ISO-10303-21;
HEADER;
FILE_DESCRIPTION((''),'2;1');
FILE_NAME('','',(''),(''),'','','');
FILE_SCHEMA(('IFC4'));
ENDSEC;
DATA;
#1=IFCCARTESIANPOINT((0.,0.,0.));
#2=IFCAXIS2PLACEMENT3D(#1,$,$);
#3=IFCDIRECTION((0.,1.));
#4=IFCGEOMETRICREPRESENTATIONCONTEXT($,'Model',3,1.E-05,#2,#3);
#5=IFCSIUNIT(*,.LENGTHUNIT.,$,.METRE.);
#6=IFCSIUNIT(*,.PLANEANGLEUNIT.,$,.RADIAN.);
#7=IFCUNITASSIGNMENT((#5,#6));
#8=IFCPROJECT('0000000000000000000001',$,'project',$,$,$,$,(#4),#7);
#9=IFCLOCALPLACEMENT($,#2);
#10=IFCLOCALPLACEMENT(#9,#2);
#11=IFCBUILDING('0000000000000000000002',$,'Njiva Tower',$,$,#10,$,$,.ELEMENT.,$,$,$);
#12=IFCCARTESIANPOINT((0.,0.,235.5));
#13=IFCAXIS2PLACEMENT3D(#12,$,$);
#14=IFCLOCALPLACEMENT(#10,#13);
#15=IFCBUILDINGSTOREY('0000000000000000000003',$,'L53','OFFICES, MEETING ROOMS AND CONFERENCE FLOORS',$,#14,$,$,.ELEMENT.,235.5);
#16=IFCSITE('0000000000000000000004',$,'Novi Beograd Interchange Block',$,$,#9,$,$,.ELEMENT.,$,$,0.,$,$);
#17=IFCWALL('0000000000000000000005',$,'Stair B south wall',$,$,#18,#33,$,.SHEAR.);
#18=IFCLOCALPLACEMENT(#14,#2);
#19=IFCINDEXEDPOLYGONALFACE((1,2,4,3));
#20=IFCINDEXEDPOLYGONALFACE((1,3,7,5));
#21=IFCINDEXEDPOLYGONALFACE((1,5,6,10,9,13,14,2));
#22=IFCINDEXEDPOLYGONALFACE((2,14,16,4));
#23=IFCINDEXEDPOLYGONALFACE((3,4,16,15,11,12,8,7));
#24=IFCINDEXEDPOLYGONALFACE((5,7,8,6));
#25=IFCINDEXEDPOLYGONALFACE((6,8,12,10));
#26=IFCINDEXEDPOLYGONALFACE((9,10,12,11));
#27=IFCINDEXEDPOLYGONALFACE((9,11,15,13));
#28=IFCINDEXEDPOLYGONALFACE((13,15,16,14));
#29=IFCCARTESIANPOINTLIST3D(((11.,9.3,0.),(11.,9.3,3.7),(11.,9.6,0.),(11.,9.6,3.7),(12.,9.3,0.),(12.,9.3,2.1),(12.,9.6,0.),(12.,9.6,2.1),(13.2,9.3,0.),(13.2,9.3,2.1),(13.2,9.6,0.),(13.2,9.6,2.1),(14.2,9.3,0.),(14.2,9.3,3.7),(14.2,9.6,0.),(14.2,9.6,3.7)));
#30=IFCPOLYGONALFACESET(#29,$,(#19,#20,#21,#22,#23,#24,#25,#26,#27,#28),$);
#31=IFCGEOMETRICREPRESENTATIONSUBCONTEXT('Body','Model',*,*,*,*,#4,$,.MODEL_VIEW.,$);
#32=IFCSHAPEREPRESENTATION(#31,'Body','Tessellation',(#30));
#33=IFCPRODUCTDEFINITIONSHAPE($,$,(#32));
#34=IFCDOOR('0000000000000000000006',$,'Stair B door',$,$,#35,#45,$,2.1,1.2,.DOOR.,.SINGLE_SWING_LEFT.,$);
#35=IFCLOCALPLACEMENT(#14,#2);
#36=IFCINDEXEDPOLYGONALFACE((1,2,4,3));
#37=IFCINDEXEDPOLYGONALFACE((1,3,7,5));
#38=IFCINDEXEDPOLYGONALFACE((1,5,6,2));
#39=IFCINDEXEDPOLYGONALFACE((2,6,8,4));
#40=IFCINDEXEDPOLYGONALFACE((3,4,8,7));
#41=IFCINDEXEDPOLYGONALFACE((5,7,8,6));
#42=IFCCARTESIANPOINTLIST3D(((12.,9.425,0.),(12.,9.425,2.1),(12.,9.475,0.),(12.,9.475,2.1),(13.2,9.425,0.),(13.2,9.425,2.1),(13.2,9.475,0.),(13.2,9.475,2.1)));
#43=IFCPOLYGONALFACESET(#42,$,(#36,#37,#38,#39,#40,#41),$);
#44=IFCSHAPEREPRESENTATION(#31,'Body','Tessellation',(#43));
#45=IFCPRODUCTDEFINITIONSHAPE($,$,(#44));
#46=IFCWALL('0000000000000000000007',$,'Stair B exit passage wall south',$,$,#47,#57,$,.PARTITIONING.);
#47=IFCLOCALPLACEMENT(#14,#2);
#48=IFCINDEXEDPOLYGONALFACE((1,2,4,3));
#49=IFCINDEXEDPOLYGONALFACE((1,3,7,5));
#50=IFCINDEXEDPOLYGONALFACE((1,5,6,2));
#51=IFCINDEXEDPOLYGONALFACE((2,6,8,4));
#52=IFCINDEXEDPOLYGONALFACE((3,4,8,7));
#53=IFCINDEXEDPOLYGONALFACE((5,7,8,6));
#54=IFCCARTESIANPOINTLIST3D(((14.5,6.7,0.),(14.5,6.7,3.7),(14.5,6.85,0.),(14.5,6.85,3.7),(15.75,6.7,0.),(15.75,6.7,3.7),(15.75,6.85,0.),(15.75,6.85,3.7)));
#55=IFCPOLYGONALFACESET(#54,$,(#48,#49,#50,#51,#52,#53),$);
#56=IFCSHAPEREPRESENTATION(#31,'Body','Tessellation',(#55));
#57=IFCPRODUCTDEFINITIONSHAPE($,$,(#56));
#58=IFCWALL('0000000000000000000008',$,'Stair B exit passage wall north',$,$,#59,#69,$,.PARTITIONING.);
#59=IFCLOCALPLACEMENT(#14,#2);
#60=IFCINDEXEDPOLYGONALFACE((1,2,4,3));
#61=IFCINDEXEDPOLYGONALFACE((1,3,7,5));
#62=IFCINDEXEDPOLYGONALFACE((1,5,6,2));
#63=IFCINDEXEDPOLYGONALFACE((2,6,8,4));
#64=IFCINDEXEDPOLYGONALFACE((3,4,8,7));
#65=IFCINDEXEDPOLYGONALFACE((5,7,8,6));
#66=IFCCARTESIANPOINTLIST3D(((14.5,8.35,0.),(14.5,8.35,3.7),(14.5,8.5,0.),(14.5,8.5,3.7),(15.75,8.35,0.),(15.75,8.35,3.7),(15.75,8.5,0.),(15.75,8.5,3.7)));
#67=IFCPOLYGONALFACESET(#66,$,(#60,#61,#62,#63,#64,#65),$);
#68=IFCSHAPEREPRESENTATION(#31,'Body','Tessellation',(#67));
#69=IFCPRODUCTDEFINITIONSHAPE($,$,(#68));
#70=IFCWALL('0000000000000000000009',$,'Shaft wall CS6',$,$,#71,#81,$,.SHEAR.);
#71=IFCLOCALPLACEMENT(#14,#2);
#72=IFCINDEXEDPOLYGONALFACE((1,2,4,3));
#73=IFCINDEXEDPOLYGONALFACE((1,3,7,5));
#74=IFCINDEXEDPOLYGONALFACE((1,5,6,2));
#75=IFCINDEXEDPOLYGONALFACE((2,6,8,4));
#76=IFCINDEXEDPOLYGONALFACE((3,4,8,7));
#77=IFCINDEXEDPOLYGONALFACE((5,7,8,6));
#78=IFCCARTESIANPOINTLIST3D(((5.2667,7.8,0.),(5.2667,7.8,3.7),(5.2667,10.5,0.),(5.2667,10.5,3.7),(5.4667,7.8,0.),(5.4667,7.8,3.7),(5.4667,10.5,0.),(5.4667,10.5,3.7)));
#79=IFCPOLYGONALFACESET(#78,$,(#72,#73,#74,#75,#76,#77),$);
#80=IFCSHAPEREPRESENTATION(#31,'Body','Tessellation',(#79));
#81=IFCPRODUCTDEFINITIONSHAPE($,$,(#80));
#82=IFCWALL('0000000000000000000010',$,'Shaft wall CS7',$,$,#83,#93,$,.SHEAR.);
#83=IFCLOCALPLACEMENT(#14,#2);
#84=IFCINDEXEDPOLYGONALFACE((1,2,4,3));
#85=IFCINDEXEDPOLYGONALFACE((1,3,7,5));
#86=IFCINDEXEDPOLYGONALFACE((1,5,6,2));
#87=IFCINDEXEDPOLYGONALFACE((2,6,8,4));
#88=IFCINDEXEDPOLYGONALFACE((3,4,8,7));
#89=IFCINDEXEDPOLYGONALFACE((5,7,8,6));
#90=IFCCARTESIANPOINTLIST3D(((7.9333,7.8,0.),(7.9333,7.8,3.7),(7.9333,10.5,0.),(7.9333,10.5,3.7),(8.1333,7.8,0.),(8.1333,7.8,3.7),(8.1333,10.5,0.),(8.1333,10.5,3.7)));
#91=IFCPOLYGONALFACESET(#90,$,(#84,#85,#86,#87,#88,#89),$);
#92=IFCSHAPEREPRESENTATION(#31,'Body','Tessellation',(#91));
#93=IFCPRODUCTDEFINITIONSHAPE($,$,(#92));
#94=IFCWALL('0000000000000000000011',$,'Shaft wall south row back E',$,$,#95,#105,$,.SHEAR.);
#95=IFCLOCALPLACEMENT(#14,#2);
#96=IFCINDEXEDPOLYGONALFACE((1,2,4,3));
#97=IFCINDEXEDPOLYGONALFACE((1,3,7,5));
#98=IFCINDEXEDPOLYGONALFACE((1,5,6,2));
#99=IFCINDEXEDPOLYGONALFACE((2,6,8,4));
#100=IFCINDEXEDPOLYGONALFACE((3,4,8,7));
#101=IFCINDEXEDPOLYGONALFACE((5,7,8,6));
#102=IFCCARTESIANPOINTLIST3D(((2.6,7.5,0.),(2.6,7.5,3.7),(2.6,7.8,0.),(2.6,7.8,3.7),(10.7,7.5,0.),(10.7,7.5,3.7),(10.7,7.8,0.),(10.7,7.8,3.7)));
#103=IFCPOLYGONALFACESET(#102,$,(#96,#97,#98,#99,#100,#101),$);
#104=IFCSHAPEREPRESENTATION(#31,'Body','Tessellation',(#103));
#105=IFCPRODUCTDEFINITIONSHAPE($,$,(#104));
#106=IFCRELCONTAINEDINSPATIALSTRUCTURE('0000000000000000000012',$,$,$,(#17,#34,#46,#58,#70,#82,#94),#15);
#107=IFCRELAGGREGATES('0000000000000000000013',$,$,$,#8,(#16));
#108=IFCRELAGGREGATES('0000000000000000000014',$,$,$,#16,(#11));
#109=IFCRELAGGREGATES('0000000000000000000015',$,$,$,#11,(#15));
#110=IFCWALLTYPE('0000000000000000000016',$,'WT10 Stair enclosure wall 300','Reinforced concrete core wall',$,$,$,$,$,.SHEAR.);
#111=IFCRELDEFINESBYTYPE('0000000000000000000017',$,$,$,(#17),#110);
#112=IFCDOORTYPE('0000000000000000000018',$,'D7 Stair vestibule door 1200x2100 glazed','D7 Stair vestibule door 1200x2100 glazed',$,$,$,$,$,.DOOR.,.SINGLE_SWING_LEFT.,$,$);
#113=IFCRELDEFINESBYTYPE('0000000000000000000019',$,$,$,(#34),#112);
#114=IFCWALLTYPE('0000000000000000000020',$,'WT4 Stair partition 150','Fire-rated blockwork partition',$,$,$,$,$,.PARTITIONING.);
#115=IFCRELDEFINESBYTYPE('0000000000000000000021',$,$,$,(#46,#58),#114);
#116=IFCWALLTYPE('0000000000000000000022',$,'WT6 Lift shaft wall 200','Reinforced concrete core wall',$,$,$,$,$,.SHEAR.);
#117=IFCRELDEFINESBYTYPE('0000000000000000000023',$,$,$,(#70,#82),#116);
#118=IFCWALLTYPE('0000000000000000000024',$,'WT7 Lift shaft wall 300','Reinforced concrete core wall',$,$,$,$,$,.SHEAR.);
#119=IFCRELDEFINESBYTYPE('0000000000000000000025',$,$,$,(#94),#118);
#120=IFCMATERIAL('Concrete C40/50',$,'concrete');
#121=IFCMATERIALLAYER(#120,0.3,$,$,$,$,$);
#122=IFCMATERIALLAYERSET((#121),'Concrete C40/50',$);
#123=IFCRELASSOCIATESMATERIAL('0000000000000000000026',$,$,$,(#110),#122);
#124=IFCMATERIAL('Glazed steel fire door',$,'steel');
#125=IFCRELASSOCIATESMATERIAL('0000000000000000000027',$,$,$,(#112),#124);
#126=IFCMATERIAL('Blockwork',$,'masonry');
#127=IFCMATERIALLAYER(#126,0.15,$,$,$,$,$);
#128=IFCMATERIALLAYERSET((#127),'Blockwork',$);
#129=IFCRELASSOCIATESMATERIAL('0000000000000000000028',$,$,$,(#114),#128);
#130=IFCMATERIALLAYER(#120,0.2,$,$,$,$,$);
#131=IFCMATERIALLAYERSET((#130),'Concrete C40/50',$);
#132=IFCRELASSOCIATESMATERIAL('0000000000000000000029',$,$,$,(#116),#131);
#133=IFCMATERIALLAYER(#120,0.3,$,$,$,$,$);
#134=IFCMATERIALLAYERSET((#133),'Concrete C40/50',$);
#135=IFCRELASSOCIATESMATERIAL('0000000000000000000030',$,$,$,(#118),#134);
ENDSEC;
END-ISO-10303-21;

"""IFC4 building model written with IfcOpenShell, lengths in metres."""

from ifc_helpers import new_model, si_unit, direction, frame, frame_2d, origin, place, context, subcontext, project, spatial, rectangle, extrude, material, layer, layer_set, type_object, element, fill, save


model = new_model("IFC4")

# Units and contexts
model_context = context("Model", 3, precision=1e-05, world=origin(), true_north=direction((0.0, 1.0)))
body_context = subcontext(model_context, "Body", "Model", "MODEL_VIEW")
ifc_project = project(units=[si_unit("LENGTHUNIT", "METRE"), si_unit("PLANEANGLEUNIT", "RADIAN")], contexts=[model_context])

# Site, building, storey
site_placement = place(None, origin())
site = spatial("IfcSite", under=ifc_project, at=site_placement, Name="Novi Beograd Interchange Block", CompositionType="ELEMENT", RefElevation=0.0)
building_placement = place(site_placement, origin())
building = spatial("IfcBuilding", under=site, at=building_placement, Name="Njiva Tower", CompositionType="ELEMENT")
storey_placement = place(building_placement, frame((0.0, 0.0, 235.5)))
storey = spatial("IfcBuildingStorey", under=building, at=storey_placement, Name="L53", Description="OFFICES, MEETING ROOMS AND CONFERENCE FLOORS", CompositionType="ELEMENT", Elevation=235.5)

# Shared definitions
ifc_material_1 = material(Name="Blockwork", Category="masonry")

# Shared definitions
ifc_material_2 = material(Name="Concrete C40/50", Category="concrete")
ifc_layer_1 = layer(ifc_material_2, 0.3)
ifc_layer_set_1 = layer_set([ifc_layer_1], Name="Concrete C40/50")
wall_type_1 = type_object("IfcWallType", Name="WT10 Stair enclosure wall 300", Description="Reinforced concrete core wall", PredefinedType="SHEAR", material=ifc_layer_set_1)
ifc_material_3 = material(Name="Glazed steel fire door", Category="steel")

# Wall, opening, door
wall_1_placement = place(storey_placement, frame((11.0, 9.45, 0.0), z_axis=(0.0, 0.0, 1.0), x_axis=(1.0, 0.0, 0.0)))
wall_1 = element("IfcWall", 1, at=wall_1_placement, inside=storey, type_object=wall_type_1, Name="Stair B south wall", PredefinedType="SHEAR", context=body_context, shape_type="SweptSolid", body=[
    extrude(rectangle(XDim=3.2, YDim=0.3, at=frame_2d((1.6, 0.0))), origin(), (0.0, 0.0, 1.0), 3.7),
])
opening_1_placement = place(wall_1_placement, frame((1.0, 0.0, 0.0)))
opening_1 = element("IfcOpeningElement", 2, at=opening_1_placement, cuts=wall_1, PredefinedType="OPENING", context=body_context, shape_type="SweptSolid", body=[
    extrude(rectangle(XDim=1.2, YDim=2.1, at=frame_2d((0.6, 1.05))), frame((0.0, 0.16, 0.0), z_axis=(0.0, -1.0, 0.0), x_axis=(1.0, 0.0, 0.0)), (0.0, 0.0, 1.0), 0.32),
])
door_type_1 = type_object("IfcDoorType", Name="D7 Stair vestibule door 1200x2100 glazed", Description="D7 Stair vestibule door 1200x2100 glazed", OperationType="SINGLE_SWING_LEFT", PredefinedType="DOOR", material=ifc_material_3)
door_1_placement = place(opening_1_placement, origin())
door_1 = element("IfcDoor", 3, at=door_1_placement, inside=storey, type_object=door_type_1, Name="Stair B door", OperationType="SINGLE_SWING_LEFT", OverallHeight=2.1, OverallWidth=1.2, PredefinedType="DOOR", context=body_context, shape_type="SweptSolid", body=[
    extrude(rectangle(XDim=1.2, YDim=2.1, at=frame_2d((0.6, 1.05))), frame((0.0, 0.025, 0.0), z_axis=(0.0, -1.0, 0.0), x_axis=(1.0, 0.0, 0.0)), (0.0, 0.0, 1.0), 0.05),
])
fill(opening_1, door_1)

# Walls
ifc_layer_2 = layer(ifc_material_1, 0.15)
ifc_layer_set_2 = layer_set([ifc_layer_2], Name="Blockwork")
wall_type_2 = type_object("IfcWallType", Name="WT4 Stair partition 150", Description="Fire-rated blockwork partition", PredefinedType="PARTITIONING", material=ifc_layer_set_2)
for number, where, z_axis, x_axis, name in (
    (4, (14.5, 6.775, 0.0), (0.0, 0.0, 1.0), (1.0, 0.0, 0.0), "Stair B exit passage wall south"),
    (5, (14.5, 8.425, 0.0), (0.0, 0.0, 1.0), (1.0, 0.0, 0.0), "Stair B exit passage wall north"),
):
    element("IfcWall", number, at=place(storey_placement, frame(where, z_axis=z_axis, x_axis=x_axis)), inside=storey, type_object=wall_type_2, Name=name, PredefinedType="PARTITIONING", context=body_context, shape_type="SweptSolid", body=[
        extrude(rectangle(XDim=1.25, YDim=0.15, at=frame_2d((0.625, 0.0))), origin(), (0.0, 0.0, 1.0), 3.7),
    ])
ifc_layer_3 = layer(ifc_material_2, 0.2)
ifc_layer_set_3 = layer_set([ifc_layer_3], Name="Concrete C40/50")
wall_type_3 = type_object("IfcWallType", Name="WT6 Lift shaft wall 200", Description="Reinforced concrete core wall", PredefinedType="SHEAR", material=ifc_layer_set_3)
for number, where, z_axis, x_axis, name in (
    (6, (5.3667, 7.8, 0.0), (0.0, 0.0, 1.0), (0.0, 1.0, 0.0), "Shaft wall CS6"),
    (7, (8.0333, 7.8, 0.0), (0.0, 0.0, 1.0), (0.0, 1.0, 0.0), "Shaft wall CS7"),
):
    element("IfcWall", number, at=place(storey_placement, frame(where, z_axis=z_axis, x_axis=x_axis)), inside=storey, type_object=wall_type_3, Name=name, PredefinedType="SHEAR", context=body_context, shape_type="SweptSolid", body=[
        extrude(rectangle(XDim=2.7, YDim=0.2, at=frame_2d((1.35, 0.0))), origin(), (0.0, 0.0, 1.0), 3.7),
    ])
ifc_layer_4 = layer(ifc_material_2, 0.3)
ifc_layer_set_4 = layer_set([ifc_layer_4], Name="Concrete C40/50")
wall_type_4 = type_object("IfcWallType", Name="WT7 Lift shaft wall 300", Description="Reinforced concrete core wall", PredefinedType="SHEAR", material=ifc_layer_set_4)
wall_2_placement = place(storey_placement, frame((2.6, 7.65, 0.0), z_axis=(0.0, 0.0, 1.0), x_axis=(1.0, 0.0, 0.0)))
element("IfcWall", 8, at=wall_2_placement, inside=storey, type_object=wall_type_4, Name="Shaft wall south row back E", PredefinedType="SHEAR", context=body_context, shape_type="SweptSolid", body=[
    extrude(rectangle(XDim=8.1, YDim=0.3, at=frame_2d((4.05, 0.0))), origin(), (0.0, 0.0, 1.0), 3.7),
])

save(model, "model.ifc")
